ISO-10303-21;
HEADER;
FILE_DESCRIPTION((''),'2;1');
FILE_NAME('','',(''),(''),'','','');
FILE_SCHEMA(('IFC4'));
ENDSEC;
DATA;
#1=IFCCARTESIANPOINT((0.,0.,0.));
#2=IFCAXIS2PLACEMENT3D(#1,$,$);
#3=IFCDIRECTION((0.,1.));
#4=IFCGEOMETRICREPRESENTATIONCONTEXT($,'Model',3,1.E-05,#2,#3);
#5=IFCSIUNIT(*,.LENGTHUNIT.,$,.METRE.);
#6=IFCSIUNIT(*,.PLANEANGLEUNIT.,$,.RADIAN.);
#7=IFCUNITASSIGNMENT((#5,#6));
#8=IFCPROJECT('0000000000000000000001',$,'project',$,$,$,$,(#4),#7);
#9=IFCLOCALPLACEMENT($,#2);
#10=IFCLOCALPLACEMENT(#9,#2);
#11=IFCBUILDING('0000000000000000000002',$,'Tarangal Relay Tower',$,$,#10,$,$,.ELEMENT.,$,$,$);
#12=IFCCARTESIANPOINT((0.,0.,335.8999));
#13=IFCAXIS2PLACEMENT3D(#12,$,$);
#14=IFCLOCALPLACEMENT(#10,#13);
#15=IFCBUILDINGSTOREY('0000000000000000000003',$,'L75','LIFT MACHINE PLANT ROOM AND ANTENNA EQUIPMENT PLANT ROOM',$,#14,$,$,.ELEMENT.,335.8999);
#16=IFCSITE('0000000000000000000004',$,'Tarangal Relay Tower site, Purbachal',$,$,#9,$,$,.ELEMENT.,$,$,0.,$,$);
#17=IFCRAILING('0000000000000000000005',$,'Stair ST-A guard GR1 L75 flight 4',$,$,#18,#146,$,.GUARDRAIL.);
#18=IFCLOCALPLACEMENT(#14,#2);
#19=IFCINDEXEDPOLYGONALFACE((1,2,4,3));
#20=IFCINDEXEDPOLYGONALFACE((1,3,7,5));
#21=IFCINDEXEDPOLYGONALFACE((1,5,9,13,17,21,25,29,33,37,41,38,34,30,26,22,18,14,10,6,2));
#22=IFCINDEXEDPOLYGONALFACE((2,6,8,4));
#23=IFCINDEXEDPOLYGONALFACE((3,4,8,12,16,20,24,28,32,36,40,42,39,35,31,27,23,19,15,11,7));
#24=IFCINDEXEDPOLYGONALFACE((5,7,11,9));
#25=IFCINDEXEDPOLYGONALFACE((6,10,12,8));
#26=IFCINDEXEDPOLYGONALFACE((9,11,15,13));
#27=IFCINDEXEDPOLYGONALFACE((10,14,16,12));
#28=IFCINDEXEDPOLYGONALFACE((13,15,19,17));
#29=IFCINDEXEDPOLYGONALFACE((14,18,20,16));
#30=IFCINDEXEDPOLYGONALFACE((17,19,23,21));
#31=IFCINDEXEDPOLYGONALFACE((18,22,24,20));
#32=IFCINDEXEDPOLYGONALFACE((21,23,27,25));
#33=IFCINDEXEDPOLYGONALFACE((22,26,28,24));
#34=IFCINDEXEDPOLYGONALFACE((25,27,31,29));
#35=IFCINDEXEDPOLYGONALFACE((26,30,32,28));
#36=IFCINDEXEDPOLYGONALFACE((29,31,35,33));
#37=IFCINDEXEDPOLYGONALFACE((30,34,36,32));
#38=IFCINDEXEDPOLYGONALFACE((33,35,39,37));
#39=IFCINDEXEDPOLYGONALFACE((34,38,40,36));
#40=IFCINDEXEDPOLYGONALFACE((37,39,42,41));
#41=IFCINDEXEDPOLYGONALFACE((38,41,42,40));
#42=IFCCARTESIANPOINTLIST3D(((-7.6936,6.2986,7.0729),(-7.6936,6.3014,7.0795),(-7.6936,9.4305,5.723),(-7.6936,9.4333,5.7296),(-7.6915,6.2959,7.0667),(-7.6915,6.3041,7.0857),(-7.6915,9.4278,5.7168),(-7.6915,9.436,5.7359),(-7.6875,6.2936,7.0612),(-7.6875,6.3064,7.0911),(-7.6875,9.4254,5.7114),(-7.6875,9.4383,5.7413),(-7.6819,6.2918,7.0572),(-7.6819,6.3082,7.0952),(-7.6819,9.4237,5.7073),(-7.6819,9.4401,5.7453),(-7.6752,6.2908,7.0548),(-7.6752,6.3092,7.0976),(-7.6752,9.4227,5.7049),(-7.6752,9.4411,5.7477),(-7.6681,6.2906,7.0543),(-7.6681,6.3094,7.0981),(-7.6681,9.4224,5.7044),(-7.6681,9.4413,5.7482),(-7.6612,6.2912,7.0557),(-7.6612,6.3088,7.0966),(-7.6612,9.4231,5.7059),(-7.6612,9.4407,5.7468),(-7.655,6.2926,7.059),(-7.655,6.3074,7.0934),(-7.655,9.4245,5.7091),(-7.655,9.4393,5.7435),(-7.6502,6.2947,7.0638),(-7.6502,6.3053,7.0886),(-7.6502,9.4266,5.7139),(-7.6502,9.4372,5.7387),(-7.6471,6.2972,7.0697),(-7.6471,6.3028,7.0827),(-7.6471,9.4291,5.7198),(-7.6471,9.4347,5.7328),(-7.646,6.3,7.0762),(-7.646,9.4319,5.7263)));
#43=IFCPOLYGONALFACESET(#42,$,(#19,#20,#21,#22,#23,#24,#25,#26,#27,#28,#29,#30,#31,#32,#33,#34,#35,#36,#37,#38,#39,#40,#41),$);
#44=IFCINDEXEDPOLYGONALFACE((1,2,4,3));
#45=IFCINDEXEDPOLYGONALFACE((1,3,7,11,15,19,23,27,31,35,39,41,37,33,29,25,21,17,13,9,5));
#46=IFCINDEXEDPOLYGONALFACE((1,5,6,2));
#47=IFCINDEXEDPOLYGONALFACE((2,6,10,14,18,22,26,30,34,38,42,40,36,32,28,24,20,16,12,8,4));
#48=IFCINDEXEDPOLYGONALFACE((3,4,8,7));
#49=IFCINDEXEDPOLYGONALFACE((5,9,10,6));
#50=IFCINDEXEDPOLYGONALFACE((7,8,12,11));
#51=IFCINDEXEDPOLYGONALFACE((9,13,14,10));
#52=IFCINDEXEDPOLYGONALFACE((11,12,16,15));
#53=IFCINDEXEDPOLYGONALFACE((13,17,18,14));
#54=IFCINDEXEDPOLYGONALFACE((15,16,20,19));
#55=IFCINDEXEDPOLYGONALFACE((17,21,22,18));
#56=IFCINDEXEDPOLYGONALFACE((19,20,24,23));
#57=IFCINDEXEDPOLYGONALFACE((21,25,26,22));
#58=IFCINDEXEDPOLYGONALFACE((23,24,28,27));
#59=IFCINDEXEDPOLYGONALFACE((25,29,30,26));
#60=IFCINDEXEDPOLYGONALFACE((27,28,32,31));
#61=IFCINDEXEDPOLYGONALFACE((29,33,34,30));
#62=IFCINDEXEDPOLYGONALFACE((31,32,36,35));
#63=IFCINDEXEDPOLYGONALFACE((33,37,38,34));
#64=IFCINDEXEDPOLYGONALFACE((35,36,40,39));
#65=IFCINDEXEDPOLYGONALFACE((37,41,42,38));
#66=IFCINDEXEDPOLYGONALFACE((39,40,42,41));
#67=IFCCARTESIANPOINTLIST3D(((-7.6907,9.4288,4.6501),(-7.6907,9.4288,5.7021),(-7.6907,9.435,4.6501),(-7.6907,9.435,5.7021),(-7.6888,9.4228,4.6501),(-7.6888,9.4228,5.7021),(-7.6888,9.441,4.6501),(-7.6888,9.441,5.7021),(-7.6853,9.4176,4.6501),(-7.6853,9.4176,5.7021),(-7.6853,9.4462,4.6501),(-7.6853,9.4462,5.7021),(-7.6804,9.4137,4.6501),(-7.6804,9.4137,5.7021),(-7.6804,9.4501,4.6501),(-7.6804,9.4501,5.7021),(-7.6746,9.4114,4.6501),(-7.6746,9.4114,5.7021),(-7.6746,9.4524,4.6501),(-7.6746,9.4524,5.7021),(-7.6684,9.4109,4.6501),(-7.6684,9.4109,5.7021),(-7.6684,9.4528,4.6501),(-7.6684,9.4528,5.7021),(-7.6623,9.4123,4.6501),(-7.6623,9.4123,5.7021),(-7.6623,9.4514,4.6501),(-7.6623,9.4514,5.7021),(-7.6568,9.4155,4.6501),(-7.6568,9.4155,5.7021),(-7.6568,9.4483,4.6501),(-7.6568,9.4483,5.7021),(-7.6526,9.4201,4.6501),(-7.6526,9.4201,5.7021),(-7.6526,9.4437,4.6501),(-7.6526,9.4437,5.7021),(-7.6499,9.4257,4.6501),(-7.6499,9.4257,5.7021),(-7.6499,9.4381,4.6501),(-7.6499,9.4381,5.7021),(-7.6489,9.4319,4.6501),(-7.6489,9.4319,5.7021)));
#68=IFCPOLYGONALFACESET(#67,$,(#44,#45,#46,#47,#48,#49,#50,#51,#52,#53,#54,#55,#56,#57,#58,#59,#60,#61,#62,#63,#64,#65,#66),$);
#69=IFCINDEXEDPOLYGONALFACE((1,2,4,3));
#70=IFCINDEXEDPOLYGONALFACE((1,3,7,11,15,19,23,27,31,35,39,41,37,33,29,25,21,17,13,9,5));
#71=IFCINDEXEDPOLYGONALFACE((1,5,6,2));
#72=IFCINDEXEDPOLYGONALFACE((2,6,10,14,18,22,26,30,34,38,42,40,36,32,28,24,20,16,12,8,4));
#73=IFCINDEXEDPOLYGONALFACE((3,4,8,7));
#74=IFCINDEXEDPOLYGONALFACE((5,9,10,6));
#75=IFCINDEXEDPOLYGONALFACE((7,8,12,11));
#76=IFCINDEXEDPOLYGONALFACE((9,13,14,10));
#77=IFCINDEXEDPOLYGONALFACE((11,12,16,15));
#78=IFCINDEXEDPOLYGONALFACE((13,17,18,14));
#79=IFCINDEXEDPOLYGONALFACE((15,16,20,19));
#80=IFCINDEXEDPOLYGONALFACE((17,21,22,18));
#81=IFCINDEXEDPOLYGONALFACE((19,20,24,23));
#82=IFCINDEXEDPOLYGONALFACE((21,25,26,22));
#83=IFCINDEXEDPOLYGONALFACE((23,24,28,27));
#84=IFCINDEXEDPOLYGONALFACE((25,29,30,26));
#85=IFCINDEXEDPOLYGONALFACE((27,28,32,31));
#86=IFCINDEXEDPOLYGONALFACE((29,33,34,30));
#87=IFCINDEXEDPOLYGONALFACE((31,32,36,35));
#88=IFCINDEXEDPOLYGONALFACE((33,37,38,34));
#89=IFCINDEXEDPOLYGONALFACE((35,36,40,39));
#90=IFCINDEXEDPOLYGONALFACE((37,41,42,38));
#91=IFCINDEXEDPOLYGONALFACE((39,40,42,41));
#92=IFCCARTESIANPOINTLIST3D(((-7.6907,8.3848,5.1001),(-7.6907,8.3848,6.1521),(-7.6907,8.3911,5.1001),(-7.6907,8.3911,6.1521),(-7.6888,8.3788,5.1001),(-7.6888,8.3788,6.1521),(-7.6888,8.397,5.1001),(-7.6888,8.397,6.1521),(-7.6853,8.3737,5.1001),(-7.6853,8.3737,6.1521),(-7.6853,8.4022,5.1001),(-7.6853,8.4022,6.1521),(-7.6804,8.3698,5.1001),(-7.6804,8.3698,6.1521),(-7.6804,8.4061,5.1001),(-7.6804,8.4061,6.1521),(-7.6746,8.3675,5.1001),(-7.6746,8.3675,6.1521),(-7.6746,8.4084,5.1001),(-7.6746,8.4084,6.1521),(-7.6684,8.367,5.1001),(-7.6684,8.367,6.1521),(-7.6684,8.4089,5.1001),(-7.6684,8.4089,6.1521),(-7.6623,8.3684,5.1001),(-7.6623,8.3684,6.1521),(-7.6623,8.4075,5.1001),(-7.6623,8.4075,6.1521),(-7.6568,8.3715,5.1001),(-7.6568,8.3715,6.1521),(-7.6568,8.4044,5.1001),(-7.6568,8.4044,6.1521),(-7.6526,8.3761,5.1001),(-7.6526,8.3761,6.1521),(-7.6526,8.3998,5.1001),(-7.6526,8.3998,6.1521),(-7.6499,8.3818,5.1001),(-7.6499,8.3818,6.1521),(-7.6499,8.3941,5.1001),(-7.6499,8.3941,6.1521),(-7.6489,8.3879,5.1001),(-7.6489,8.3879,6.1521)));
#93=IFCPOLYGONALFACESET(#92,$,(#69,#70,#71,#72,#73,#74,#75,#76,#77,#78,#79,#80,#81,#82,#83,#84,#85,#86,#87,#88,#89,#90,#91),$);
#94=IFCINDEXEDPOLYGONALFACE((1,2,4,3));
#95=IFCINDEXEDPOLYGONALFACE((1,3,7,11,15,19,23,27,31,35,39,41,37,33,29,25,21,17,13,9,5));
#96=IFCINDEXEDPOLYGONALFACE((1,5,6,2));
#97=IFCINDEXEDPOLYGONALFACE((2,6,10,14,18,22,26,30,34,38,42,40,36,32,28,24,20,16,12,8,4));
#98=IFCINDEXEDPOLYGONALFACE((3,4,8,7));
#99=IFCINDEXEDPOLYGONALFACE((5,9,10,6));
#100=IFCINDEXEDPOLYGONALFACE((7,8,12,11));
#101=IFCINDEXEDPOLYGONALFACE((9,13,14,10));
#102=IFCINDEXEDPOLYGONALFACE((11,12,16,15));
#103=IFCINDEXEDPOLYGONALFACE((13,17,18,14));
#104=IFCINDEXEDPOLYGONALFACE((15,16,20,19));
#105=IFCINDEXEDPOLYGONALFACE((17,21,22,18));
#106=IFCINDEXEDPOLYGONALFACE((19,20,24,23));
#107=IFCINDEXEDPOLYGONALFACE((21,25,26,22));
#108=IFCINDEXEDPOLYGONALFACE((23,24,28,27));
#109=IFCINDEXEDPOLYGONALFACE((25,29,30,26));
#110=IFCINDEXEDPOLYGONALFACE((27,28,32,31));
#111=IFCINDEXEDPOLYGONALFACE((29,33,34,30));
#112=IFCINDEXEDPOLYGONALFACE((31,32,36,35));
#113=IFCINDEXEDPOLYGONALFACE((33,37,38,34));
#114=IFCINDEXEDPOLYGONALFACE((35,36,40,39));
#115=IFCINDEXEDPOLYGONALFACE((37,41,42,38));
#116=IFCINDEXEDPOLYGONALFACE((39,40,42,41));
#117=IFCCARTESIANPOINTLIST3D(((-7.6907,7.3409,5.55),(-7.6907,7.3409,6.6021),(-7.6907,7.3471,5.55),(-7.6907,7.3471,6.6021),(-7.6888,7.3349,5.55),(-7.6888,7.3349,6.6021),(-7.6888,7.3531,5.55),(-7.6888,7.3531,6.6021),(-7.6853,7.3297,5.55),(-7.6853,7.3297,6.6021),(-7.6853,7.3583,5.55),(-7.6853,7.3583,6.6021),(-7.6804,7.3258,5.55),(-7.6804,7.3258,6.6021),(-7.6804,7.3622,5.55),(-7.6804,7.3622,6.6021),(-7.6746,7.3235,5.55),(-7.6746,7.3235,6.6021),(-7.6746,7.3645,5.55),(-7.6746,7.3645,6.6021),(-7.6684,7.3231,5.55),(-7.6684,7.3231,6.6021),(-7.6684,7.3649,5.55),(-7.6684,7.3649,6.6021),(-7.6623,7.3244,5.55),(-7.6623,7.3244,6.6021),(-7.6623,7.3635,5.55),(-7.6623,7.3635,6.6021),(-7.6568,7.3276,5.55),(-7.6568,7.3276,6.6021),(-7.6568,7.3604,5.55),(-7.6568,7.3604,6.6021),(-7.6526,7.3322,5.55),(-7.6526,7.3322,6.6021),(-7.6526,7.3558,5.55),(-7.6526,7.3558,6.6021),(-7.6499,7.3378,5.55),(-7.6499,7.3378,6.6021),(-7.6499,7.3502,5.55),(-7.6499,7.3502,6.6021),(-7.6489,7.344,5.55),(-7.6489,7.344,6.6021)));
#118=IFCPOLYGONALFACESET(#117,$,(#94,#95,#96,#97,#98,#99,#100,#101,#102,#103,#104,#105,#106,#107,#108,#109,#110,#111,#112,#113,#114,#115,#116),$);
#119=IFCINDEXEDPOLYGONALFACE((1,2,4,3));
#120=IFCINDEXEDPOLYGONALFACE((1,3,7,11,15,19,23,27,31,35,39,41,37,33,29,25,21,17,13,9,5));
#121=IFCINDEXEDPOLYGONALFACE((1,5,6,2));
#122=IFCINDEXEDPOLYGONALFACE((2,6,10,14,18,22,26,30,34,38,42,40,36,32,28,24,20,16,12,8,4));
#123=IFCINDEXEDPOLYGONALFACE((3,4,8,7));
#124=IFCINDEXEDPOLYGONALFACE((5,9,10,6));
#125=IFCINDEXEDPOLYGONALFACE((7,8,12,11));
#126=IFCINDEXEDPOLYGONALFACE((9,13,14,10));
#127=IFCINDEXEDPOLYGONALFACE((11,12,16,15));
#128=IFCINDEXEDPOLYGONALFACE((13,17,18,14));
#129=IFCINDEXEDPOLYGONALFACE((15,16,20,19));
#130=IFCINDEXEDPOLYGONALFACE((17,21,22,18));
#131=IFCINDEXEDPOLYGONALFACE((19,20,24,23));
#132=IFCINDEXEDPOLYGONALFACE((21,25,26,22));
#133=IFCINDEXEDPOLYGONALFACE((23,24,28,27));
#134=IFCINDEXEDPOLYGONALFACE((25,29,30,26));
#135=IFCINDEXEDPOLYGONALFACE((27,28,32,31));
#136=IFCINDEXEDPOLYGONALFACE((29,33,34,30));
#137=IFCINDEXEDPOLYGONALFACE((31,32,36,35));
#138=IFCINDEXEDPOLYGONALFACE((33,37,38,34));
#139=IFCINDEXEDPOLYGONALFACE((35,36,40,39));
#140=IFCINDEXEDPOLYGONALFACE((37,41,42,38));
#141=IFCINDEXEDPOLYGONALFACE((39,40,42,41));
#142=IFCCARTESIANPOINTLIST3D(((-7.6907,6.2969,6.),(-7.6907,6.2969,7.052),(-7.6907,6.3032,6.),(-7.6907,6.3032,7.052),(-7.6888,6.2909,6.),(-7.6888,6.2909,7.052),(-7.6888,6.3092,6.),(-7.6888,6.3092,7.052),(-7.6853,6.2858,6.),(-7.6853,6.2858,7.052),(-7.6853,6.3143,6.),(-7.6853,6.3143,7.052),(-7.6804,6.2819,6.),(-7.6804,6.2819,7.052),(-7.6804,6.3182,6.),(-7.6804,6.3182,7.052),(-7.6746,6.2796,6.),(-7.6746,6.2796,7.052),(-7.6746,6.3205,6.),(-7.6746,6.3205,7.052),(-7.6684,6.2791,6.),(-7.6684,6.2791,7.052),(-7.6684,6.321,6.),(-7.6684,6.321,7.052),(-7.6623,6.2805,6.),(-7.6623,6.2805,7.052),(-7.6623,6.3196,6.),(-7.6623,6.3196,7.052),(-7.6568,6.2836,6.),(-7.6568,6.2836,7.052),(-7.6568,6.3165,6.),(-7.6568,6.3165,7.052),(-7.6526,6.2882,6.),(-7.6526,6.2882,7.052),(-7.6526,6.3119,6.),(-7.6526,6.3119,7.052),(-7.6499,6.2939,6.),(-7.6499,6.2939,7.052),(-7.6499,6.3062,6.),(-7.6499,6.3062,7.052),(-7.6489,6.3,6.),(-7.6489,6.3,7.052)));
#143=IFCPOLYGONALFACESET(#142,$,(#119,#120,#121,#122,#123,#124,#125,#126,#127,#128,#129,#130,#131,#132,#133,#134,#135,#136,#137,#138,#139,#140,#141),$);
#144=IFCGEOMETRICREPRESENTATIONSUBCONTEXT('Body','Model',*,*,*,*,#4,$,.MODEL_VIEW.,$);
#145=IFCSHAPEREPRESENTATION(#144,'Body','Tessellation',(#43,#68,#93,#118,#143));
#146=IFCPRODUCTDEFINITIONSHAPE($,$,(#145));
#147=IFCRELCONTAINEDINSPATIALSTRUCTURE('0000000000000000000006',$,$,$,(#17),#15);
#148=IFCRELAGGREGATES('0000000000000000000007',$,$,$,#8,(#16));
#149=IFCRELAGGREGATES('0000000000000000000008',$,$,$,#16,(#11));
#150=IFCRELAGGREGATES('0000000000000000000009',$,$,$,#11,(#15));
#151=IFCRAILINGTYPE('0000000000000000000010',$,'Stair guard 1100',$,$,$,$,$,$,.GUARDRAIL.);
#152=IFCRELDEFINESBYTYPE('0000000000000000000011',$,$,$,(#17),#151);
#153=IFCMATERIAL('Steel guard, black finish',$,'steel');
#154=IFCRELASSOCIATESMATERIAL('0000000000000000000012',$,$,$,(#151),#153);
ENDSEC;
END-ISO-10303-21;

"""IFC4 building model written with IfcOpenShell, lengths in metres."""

from ifc_helpers import new_model, si_unit, direction, frame, origin, origin_2d, place, context, subcontext, project, spatial, circle, extrude, material, type_object, element, save


model = new_model("IFC4")

# Units and contexts
model_context = context("Model", 3, precision=1e-05, world=origin(), true_north=direction((0.0, 1.0)))
body_context = subcontext(model_context, "Body", "Model", "MODEL_VIEW")
ifc_project = project(units=[si_unit("LENGTHUNIT", "METRE"), si_unit("PLANEANGLEUNIT", "RADIAN")], contexts=[model_context])

# Site, building, storey
site_placement = place(None, origin())
site = spatial("IfcSite", under=ifc_project, at=site_placement, Name="Tarangal Relay Tower site, Purbachal", CompositionType="ELEMENT", RefElevation=0.0)
building_placement = place(site_placement, origin())
building = spatial("IfcBuilding", under=site, at=building_placement, Name="Tarangal Relay Tower", CompositionType="ELEMENT")
storey_placement = place(building_placement, frame((0.0, 0.0, 335.8999)))
storey = spatial("IfcBuildingStorey", under=building, at=storey_placement, Name="L75", Description="LIFT MACHINE PLANT ROOM AND ANTENNA EQUIPMENT PLANT ROOM", CompositionType="ELEMENT", Elevation=335.8999)

# Railing
ifc_material_1 = material(Name="Steel guard, black finish", Category="steel")
railing_type_1 = type_object("IfcRailingType", Name="Stair guard 1100", PredefinedType="GUARDRAIL", material=ifc_material_1)
railing_placement = place(storey_placement, frame((-7.6699, 9.4319, 4.6501)))
element("IfcRailing", 1, at=railing_placement, inside=storey, type_object=railing_type_1, Name="Stair ST-A guard GR1 L75 flight 4", PredefinedType="GUARDRAIL", context=body_context, shape_type="SweptSolid", body=[
    extrude(circle(Radius=0.0239, at=origin_2d()), frame((0.0, 0.0, 1.0762), z_axis=(0.0, -0.918332, 0.395811), x_axis=(1.0, 0.0, 0.0)), (0.0, 0.0, 1.0), 3.4104),
    extrude(circle(Radius=0.021, at=origin_2d()), origin(), (0.0, 0.0, 1.0), 1.052),
    extrude(circle(Radius=0.021, at=origin_2d()), frame((0.0, -1.0439, 0.45)), (0.0, 0.0, 1.0), 1.052),
    extrude(circle(Radius=0.021, at=origin_2d()), frame((0.0, -2.0879, 0.8999)), (0.0, 0.0, 1.0), 1.052),
    extrude(circle(Radius=0.021, at=origin_2d()), frame((0.0, -3.1318, 1.3499)), (0.0, 0.0, 1.0), 1.052),
])

save(model, "model.ifc")
